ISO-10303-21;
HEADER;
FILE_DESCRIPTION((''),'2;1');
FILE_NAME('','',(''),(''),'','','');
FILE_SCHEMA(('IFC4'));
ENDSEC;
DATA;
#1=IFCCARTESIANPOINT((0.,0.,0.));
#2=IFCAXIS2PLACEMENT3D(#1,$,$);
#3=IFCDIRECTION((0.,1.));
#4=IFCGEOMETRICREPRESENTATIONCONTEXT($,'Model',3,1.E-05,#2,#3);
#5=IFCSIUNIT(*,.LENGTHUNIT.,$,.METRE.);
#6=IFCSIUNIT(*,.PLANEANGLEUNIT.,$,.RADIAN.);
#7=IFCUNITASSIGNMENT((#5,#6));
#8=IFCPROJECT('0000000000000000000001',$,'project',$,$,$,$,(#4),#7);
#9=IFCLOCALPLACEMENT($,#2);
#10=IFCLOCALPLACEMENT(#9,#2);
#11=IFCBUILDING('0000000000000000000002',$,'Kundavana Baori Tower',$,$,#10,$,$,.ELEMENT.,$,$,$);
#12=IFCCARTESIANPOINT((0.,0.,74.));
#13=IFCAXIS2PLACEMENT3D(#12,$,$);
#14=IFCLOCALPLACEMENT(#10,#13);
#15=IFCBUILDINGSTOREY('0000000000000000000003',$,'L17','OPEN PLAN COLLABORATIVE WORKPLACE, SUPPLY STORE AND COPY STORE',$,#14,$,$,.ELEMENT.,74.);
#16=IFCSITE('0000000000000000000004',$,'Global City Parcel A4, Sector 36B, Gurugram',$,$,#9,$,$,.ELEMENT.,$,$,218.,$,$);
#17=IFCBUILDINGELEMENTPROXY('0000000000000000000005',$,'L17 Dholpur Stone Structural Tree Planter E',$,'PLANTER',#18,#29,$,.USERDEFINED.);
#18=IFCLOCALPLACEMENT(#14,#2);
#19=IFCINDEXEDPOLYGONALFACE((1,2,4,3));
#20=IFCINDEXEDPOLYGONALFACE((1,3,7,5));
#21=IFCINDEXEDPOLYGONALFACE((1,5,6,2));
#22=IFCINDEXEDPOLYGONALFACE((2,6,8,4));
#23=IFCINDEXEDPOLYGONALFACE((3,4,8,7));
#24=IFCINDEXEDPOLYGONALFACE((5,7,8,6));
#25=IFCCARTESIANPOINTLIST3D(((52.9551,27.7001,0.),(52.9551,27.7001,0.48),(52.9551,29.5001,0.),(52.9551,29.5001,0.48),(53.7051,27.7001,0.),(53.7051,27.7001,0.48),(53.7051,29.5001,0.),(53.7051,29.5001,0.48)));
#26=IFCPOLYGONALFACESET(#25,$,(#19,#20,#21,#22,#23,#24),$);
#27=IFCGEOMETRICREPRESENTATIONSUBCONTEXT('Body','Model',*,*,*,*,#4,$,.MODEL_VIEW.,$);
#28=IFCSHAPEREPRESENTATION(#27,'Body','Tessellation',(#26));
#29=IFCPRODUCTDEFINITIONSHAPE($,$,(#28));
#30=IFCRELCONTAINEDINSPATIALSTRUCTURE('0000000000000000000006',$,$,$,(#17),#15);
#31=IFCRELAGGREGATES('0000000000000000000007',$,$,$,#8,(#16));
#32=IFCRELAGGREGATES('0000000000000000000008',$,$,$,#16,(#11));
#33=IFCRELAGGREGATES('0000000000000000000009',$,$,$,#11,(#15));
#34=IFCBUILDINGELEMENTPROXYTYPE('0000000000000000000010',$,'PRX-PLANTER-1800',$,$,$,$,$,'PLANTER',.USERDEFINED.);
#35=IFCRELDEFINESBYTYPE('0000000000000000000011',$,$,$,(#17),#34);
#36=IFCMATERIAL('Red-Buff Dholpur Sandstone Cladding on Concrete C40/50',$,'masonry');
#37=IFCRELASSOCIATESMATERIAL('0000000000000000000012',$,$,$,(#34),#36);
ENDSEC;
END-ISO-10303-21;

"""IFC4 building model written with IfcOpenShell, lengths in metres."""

from ifc_helpers import new_model, si_unit, direction, frame, origin, origin_2d, place, context, subcontext, project, spatial, rectangle, extrude, material, type_object, element, save


model = new_model("IFC4")

# Units and contexts
model_context = context("Model", 3, precision=1e-05, world=origin(), true_north=direction((0.0, 1.0)))
body_context = subcontext(model_context, "Body", "Model", "MODEL_VIEW")
ifc_project = project(units=[si_unit("LENGTHUNIT", "METRE"), si_unit("PLANEANGLEUNIT", "RADIAN")], contexts=[model_context])

# Site, building, storey
site_placement = place(None, origin())
site = spatial("IfcSite", under=ifc_project, at=site_placement, Name="Global City Parcel A4, Sector 36B, Gurugram", CompositionType="ELEMENT", RefElevation=218.0)
building_placement = place(site_placement, origin())
building = spatial("IfcBuilding", under=site, at=building_placement, Name="Kundavana Baori Tower", CompositionType="ELEMENT")
storey_placement = place(building_placement, frame((0.0, 0.0, 74.0)))
storey = spatial("IfcBuildingStorey", under=building, at=storey_placement, Name="L17", Description="OPEN PLAN COLLABORATIVE WORKPLACE, SUPPLY STORE AND COPY STORE", CompositionType="ELEMENT", Elevation=74.0)

# Building element proxy
ifc_material_1 = material(Name="Red-Buff Dholpur Sandstone Cladding on Concrete C40/50", Category="masonry")
building_element_proxy_type = type_object("IfcBuildingElementProxyType", Name="PRX-PLANTER-1800", ElementType="PLANTER", PredefinedType="USERDEFINED", material=ifc_material_1)
proxy_placement = place(storey_placement, frame((53.3301, 28.6001, 0.0), z_axis=(0.0, 0.0, 1.0), x_axis=(0.0, 1.0, 0.0)))
element("IfcBuildingElementProxy", 1, at=proxy_placement, inside=storey, type_object=building_element_proxy_type, Name="L17 Dholpur Stone Structural Tree Planter E", ObjectType="PLANTER", PredefinedType="USERDEFINED", context=body_context, shape_type="SweptSolid", body=[
    extrude(rectangle(XDim=1.8, YDim=0.75, at=origin_2d()), origin(), (0.0, 0.0, 1.0), 0.48),
])

save(model, "model.ifc")
